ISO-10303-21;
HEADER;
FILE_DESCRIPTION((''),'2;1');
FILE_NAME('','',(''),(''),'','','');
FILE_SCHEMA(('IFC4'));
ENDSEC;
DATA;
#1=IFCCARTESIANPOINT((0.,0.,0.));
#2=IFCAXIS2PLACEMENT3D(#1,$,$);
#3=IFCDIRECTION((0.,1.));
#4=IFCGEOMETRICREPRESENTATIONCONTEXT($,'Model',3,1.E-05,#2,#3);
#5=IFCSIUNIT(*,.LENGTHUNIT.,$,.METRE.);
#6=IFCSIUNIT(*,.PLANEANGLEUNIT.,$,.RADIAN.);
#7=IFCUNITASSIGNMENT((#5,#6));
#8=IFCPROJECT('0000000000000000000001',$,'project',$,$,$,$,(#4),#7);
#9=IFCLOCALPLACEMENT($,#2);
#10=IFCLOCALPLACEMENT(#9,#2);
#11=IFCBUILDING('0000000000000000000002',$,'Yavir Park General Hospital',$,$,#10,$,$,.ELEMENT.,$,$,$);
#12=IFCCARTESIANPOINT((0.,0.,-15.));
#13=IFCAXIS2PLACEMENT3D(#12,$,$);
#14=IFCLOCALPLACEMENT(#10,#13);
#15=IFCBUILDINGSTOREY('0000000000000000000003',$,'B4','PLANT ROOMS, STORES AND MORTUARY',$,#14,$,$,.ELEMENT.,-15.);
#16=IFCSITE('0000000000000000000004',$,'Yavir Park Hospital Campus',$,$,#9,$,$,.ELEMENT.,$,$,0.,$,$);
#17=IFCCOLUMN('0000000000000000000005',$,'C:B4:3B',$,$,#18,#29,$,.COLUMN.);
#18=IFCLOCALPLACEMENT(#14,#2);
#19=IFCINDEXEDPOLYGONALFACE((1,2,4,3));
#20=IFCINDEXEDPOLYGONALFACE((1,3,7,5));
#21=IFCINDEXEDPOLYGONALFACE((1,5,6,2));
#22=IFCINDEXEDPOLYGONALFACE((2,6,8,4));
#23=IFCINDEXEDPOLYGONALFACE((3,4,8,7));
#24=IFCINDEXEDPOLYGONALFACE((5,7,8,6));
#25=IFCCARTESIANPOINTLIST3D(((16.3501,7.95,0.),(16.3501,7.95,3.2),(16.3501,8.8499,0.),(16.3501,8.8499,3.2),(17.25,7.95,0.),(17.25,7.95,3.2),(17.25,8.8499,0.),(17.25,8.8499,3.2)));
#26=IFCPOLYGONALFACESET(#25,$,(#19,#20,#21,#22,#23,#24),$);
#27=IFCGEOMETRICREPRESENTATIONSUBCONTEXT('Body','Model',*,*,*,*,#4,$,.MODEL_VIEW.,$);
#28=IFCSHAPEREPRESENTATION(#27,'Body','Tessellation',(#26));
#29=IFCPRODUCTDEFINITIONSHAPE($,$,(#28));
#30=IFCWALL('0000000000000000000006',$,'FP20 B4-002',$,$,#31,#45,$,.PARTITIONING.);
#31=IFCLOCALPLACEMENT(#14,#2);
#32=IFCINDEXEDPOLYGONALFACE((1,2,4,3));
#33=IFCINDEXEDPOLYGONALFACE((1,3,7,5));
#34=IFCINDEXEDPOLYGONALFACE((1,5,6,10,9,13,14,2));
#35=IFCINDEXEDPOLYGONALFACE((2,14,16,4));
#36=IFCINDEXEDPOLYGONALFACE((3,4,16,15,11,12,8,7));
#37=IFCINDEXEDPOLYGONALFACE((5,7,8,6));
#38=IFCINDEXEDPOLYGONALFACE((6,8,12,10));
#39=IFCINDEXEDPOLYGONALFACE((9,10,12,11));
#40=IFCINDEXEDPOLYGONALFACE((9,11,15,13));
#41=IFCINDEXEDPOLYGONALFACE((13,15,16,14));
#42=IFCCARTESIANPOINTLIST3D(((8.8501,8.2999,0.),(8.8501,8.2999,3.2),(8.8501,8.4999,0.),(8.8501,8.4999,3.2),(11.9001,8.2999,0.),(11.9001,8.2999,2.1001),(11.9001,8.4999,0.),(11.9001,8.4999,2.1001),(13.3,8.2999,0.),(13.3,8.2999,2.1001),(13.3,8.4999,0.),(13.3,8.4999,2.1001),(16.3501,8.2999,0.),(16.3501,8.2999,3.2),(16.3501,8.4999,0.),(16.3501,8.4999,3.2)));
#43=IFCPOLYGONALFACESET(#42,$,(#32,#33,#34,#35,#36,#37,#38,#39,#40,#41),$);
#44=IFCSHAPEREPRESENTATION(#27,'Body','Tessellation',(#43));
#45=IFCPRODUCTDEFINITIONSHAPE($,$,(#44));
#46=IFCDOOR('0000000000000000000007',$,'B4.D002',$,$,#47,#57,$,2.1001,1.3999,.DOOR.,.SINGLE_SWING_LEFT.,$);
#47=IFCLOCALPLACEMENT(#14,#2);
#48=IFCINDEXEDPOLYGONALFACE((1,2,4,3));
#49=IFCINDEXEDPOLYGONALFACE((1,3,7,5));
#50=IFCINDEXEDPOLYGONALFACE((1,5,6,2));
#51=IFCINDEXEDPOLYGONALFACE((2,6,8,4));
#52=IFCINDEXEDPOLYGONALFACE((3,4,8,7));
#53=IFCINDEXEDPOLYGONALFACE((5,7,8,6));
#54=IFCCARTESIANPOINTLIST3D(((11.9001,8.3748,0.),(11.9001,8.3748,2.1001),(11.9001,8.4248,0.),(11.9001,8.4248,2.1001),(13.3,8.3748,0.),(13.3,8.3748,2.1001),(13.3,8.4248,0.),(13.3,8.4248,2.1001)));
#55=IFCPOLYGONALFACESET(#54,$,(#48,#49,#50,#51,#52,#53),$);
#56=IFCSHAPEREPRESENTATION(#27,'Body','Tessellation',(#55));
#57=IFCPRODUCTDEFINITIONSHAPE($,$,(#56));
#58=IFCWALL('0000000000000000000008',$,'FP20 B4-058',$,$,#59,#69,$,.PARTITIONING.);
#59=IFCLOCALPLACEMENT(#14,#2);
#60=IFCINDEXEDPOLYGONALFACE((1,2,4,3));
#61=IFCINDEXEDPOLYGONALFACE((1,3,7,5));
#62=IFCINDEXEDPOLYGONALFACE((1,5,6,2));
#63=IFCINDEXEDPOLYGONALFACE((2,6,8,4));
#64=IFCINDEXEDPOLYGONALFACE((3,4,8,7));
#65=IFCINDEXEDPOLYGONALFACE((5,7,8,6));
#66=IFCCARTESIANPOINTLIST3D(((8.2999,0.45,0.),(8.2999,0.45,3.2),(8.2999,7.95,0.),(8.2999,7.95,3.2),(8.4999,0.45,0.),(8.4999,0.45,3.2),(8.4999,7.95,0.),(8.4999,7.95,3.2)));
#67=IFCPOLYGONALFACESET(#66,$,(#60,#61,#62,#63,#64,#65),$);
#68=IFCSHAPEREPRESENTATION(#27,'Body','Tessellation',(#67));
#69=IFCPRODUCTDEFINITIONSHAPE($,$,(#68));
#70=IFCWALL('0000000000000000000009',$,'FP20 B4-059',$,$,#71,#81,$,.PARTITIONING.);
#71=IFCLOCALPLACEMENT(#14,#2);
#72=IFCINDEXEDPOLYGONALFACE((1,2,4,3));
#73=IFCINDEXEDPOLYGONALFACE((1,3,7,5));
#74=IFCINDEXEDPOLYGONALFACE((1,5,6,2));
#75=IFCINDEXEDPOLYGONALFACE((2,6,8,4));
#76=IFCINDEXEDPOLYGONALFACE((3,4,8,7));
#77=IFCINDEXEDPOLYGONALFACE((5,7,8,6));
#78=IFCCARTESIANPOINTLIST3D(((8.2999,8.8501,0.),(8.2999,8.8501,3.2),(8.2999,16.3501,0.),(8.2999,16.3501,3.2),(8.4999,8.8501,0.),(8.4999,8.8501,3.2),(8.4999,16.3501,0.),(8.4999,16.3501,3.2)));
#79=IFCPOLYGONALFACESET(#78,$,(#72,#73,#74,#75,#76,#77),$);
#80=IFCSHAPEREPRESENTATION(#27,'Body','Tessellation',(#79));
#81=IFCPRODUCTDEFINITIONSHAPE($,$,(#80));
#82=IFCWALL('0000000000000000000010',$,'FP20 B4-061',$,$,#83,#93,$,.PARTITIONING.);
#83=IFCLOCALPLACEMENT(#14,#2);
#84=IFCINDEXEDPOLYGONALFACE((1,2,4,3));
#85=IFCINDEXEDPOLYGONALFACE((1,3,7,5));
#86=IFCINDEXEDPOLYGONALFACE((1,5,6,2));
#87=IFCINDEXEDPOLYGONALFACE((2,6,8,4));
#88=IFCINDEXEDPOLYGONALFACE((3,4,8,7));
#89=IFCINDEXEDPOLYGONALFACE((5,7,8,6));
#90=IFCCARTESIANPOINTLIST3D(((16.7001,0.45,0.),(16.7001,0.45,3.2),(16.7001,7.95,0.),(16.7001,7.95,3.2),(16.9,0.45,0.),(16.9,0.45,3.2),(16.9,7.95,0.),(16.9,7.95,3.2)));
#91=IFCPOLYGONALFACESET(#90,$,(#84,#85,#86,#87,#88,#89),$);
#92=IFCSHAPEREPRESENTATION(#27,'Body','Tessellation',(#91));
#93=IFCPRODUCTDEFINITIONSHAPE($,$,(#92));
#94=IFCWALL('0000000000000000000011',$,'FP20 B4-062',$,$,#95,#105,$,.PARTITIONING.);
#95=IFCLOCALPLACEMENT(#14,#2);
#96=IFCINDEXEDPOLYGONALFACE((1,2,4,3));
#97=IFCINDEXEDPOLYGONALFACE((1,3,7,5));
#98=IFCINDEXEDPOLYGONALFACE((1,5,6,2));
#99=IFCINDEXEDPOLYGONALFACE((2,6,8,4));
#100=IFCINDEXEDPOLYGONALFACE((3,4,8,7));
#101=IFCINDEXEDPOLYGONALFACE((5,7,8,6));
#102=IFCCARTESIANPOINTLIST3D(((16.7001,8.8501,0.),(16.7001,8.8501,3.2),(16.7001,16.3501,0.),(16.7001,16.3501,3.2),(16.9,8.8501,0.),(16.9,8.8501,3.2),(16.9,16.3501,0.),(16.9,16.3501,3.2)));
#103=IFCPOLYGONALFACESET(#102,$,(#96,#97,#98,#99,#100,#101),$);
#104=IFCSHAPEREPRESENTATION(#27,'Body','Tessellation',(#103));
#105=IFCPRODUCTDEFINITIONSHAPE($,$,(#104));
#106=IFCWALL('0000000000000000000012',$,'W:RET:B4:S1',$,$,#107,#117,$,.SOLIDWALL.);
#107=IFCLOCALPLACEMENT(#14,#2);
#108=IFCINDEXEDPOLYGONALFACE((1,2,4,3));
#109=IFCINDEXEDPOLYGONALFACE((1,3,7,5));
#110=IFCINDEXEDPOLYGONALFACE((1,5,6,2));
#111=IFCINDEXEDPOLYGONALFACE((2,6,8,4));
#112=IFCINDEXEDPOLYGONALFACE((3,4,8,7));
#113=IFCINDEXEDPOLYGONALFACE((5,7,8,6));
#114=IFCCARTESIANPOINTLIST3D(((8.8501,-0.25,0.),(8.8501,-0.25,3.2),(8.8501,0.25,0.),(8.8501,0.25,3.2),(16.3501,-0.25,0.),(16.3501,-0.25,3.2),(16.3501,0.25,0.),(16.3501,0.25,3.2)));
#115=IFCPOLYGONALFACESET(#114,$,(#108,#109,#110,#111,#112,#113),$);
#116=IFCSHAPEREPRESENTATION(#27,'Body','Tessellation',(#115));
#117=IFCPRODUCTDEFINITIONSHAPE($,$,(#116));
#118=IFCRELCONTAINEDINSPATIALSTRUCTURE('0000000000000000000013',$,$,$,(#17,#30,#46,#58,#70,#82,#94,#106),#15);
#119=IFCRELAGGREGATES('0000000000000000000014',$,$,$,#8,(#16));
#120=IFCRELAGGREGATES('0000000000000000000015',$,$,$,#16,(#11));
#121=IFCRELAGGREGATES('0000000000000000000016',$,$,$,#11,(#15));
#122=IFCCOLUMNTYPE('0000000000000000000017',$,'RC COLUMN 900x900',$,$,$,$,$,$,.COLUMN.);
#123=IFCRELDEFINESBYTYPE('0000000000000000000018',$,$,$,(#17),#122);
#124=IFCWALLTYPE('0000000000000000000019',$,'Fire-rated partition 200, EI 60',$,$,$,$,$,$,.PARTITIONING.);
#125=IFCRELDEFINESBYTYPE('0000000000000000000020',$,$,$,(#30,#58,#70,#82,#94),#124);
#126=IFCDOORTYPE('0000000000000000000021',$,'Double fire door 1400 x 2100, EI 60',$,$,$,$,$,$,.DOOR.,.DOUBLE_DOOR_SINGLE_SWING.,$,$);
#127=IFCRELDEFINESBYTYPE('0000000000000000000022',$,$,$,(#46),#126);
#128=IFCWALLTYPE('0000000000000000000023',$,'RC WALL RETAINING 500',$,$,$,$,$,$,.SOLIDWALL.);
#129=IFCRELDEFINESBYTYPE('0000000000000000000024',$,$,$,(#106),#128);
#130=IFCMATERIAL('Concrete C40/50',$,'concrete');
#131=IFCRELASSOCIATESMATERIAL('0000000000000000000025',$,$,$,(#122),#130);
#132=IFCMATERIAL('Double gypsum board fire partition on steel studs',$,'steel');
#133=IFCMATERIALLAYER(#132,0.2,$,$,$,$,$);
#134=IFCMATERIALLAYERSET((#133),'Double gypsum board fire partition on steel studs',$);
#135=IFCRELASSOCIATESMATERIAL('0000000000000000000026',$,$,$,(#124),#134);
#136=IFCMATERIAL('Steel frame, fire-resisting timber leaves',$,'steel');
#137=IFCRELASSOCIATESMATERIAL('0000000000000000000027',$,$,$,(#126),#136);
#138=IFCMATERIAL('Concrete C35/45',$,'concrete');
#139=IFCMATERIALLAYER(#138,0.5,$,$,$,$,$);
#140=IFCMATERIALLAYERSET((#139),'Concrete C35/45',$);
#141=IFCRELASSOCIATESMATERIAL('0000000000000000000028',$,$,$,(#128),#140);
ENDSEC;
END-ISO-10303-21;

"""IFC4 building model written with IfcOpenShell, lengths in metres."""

from ifc_helpers import new_model, si_unit, direction, frame, frame_2d, origin, origin_2d, place, context, subcontext, project, spatial, rectangle, extrude, material, layer, layer_set, material_profile, profile_set, type_object, element, fill, save


model = new_model("IFC4")

# Units and contexts
model_context = context("Model", 3, precision=1e-05, world=origin(), true_north=direction((0.0, 1.0)))
body_context = subcontext(model_context, "Body", "Model", "MODEL_VIEW")
ifc_project = project(units=[si_unit("LENGTHUNIT", "METRE"), si_unit("PLANEANGLEUNIT", "RADIAN")], contexts=[model_context])

# Site, building, storey
site_placement = place(None, origin())
site = spatial("IfcSite", under=ifc_project, at=site_placement, Name="Yavir Park Hospital Campus", CompositionType="ELEMENT", RefElevation=0.0)
building_placement = place(site_placement, origin())
building = spatial("IfcBuilding", under=site, at=building_placement, Name="Yavir Park General Hospital", CompositionType="ELEMENT")
storey_placement = place(building_placement, frame((0.0, 0.0, -15.0)))
storey = spatial("IfcBuildingStorey", under=building, at=storey_placement, Name="B4", Description="PLANT ROOMS, STORES AND MORTUARY", CompositionType="ELEMENT", Elevation=-15.0)

# Column
ifc_material_1 = material(Name="Concrete C40/50", Category="concrete")
ifc_material_profile_1 = material_profile(ifc_material_1, rectangle(XDim=0.8999, YDim=0.8999, at=origin_2d()), Name="RC900x900")
ifc_profile_set_1 = profile_set([ifc_material_profile_1], Name="Concrete C40/50")
column_type = type_object("IfcColumnType", Name="RC COLUMN 900x900", PredefinedType="COLUMN", material=ifc_profile_set_1)
for number, where, z_axis, x_axis, name in (
    (1, (16.8, 8.3999, 0.0), (0.0, 0.0, 1.0), (1.0, 0.0, 0.0), "C:B4:3B"),
):
    element("IfcColumn", number, at=place(storey_placement, frame(where, z_axis=z_axis, x_axis=x_axis)), inside=storey, type_object=column_type, Name=name, PredefinedType="COLUMN", context=body_context, shape_type="SweptSolid", body=[
        extrude(rectangle(XDim=0.8999, YDim=0.8999, at=origin_2d()), origin(), (0.0, 0.0, 1.0), 3.2),
    ])

# Wall, opening, door
ifc_material_2 = material(Name="Double gypsum board fire partition on steel studs", Category="steel")
ifc_layer_1 = layer(ifc_material_2, 0.2)
ifc_layer_set_1 = layer_set([ifc_layer_1], Name="Double gypsum board fire partition on steel studs")
wall_type_1 = type_object("IfcWallType", Name="Fire-rated partition 200, EI 60", PredefinedType="PARTITIONING", material=ifc_layer_set_1)
wall_1_placement = place(storey_placement, frame((8.8501, 8.3999, 0.0), z_axis=(0.0, 0.0, 1.0), x_axis=(1.0, 0.0, 0.0)))
wall_1 = element("IfcWall", 2, at=wall_1_placement, inside=storey, type_object=wall_type_1, Name="FP20 B4-002", PredefinedType="PARTITIONING", context=body_context, shape_type="SweptSolid", body=[
    extrude(rectangle(XDim=7.5, YDim=0.2, at=frame_2d((3.75, 0.0))), origin(), (0.0, 0.0, 1.0), 3.2),
])
opening_placement = place(wall_1_placement, frame((3.05, 0.0, 0.0)))
opening = element("IfcOpeningElement", 3, at=opening_placement, cuts=wall_1, PredefinedType="OPENING", context=body_context, shape_type="SweptSolid", body=[
    extrude(rectangle(XDim=1.3999, YDim=2.1001, at=frame_2d((0.7, 1.05))), frame((0.0, 0.1099, 0.0), z_axis=(0.0, -1.0, 0.0), x_axis=(1.0, 0.0, 0.0)), (0.0, 0.0, 1.0), 0.22),
])
ifc_material_3 = material(Name="Steel frame, fire-resisting timber leaves", Category="steel")
door_type = type_object("IfcDoorType", Name="Double fire door 1400 x 2100, EI 60", OperationType="DOUBLE_DOOR_SINGLE_SWING", PredefinedType="DOOR", material=ifc_material_3)
door_placement = place(opening_placement, origin())
door = element("IfcDoor", 4, at=door_placement, inside=storey, type_object=door_type, Name="B4.D002", OperationType="SINGLE_SWING_LEFT", OverallHeight=2.1001, OverallWidth=1.3999, PredefinedType="DOOR", context=body_context, shape_type="SweptSolid", body=[
    extrude(rectangle(XDim=1.3999, YDim=2.1001, at=frame_2d((0.7, 1.05))), frame((0.0, 0.0249, 0.0), z_axis=(0.0, -1.0, 0.0), x_axis=(1.0, 0.0, 0.0)), (0.0, 0.0, 1.0), 0.05),
])
fill(opening, door)

# Walls
for number, where, z_axis, x_axis, name in (
    (5, (8.3999, 0.45, 0.0), (0.0, 0.0, 1.0), (0.0, 1.0, 0.0), "FP20 B4-058"),
    (6, (8.3999, 8.8501, 0.0), (0.0, 0.0, 1.0), (0.0, 1.0, 0.0), "FP20 B4-059"),
    (7, (16.8, 0.45, 0.0), (0.0, 0.0, 1.0), (0.0, 1.0, 0.0), "FP20 B4-061"),
    (8, (16.8, 8.8501, 0.0), (0.0, 0.0, 1.0), (0.0, 1.0, 0.0), "FP20 B4-062"),
):
    element("IfcWall", number, at=place(storey_placement, frame(where, z_axis=z_axis, x_axis=x_axis)), inside=storey, type_object=wall_type_1, Name=name, PredefinedType="PARTITIONING", context=body_context, shape_type="SweptSolid", body=[
        extrude(rectangle(XDim=7.5, YDim=0.2, at=frame_2d((3.75, 0.0))), origin(), (0.0, 0.0, 1.0), 3.2),
    ])
ifc_material_4 = material(Name="Concrete C35/45", Category="concrete")
ifc_layer_2 = layer(ifc_material_4, 0.5)
ifc_layer_set_2 = layer_set([ifc_layer_2], Name="Concrete C35/45")
wall_type_2 = type_object("IfcWallType", Name="RC WALL RETAINING 500", PredefinedType="SOLIDWALL", material=ifc_layer_set_2)
wall_2_placement = place(storey_placement, frame((8.8501, 0.0, 0.0), z_axis=(0.0, 0.0, 1.0), x_axis=(1.0, 0.0, 0.0)))
element("IfcWall", 9, at=wall_2_placement, inside=storey, type_object=wall_type_2, Name="W:RET:B4:S1", PredefinedType="SOLIDWALL", context=body_context, shape_type="SweptSolid", body=[
    extrude(rectangle(XDim=7.5, YDim=0.5, at=frame_2d((3.75, 0.0))), origin(), (0.0, 0.0, 1.0), 3.2),
])

save(model, "model.ifc")
